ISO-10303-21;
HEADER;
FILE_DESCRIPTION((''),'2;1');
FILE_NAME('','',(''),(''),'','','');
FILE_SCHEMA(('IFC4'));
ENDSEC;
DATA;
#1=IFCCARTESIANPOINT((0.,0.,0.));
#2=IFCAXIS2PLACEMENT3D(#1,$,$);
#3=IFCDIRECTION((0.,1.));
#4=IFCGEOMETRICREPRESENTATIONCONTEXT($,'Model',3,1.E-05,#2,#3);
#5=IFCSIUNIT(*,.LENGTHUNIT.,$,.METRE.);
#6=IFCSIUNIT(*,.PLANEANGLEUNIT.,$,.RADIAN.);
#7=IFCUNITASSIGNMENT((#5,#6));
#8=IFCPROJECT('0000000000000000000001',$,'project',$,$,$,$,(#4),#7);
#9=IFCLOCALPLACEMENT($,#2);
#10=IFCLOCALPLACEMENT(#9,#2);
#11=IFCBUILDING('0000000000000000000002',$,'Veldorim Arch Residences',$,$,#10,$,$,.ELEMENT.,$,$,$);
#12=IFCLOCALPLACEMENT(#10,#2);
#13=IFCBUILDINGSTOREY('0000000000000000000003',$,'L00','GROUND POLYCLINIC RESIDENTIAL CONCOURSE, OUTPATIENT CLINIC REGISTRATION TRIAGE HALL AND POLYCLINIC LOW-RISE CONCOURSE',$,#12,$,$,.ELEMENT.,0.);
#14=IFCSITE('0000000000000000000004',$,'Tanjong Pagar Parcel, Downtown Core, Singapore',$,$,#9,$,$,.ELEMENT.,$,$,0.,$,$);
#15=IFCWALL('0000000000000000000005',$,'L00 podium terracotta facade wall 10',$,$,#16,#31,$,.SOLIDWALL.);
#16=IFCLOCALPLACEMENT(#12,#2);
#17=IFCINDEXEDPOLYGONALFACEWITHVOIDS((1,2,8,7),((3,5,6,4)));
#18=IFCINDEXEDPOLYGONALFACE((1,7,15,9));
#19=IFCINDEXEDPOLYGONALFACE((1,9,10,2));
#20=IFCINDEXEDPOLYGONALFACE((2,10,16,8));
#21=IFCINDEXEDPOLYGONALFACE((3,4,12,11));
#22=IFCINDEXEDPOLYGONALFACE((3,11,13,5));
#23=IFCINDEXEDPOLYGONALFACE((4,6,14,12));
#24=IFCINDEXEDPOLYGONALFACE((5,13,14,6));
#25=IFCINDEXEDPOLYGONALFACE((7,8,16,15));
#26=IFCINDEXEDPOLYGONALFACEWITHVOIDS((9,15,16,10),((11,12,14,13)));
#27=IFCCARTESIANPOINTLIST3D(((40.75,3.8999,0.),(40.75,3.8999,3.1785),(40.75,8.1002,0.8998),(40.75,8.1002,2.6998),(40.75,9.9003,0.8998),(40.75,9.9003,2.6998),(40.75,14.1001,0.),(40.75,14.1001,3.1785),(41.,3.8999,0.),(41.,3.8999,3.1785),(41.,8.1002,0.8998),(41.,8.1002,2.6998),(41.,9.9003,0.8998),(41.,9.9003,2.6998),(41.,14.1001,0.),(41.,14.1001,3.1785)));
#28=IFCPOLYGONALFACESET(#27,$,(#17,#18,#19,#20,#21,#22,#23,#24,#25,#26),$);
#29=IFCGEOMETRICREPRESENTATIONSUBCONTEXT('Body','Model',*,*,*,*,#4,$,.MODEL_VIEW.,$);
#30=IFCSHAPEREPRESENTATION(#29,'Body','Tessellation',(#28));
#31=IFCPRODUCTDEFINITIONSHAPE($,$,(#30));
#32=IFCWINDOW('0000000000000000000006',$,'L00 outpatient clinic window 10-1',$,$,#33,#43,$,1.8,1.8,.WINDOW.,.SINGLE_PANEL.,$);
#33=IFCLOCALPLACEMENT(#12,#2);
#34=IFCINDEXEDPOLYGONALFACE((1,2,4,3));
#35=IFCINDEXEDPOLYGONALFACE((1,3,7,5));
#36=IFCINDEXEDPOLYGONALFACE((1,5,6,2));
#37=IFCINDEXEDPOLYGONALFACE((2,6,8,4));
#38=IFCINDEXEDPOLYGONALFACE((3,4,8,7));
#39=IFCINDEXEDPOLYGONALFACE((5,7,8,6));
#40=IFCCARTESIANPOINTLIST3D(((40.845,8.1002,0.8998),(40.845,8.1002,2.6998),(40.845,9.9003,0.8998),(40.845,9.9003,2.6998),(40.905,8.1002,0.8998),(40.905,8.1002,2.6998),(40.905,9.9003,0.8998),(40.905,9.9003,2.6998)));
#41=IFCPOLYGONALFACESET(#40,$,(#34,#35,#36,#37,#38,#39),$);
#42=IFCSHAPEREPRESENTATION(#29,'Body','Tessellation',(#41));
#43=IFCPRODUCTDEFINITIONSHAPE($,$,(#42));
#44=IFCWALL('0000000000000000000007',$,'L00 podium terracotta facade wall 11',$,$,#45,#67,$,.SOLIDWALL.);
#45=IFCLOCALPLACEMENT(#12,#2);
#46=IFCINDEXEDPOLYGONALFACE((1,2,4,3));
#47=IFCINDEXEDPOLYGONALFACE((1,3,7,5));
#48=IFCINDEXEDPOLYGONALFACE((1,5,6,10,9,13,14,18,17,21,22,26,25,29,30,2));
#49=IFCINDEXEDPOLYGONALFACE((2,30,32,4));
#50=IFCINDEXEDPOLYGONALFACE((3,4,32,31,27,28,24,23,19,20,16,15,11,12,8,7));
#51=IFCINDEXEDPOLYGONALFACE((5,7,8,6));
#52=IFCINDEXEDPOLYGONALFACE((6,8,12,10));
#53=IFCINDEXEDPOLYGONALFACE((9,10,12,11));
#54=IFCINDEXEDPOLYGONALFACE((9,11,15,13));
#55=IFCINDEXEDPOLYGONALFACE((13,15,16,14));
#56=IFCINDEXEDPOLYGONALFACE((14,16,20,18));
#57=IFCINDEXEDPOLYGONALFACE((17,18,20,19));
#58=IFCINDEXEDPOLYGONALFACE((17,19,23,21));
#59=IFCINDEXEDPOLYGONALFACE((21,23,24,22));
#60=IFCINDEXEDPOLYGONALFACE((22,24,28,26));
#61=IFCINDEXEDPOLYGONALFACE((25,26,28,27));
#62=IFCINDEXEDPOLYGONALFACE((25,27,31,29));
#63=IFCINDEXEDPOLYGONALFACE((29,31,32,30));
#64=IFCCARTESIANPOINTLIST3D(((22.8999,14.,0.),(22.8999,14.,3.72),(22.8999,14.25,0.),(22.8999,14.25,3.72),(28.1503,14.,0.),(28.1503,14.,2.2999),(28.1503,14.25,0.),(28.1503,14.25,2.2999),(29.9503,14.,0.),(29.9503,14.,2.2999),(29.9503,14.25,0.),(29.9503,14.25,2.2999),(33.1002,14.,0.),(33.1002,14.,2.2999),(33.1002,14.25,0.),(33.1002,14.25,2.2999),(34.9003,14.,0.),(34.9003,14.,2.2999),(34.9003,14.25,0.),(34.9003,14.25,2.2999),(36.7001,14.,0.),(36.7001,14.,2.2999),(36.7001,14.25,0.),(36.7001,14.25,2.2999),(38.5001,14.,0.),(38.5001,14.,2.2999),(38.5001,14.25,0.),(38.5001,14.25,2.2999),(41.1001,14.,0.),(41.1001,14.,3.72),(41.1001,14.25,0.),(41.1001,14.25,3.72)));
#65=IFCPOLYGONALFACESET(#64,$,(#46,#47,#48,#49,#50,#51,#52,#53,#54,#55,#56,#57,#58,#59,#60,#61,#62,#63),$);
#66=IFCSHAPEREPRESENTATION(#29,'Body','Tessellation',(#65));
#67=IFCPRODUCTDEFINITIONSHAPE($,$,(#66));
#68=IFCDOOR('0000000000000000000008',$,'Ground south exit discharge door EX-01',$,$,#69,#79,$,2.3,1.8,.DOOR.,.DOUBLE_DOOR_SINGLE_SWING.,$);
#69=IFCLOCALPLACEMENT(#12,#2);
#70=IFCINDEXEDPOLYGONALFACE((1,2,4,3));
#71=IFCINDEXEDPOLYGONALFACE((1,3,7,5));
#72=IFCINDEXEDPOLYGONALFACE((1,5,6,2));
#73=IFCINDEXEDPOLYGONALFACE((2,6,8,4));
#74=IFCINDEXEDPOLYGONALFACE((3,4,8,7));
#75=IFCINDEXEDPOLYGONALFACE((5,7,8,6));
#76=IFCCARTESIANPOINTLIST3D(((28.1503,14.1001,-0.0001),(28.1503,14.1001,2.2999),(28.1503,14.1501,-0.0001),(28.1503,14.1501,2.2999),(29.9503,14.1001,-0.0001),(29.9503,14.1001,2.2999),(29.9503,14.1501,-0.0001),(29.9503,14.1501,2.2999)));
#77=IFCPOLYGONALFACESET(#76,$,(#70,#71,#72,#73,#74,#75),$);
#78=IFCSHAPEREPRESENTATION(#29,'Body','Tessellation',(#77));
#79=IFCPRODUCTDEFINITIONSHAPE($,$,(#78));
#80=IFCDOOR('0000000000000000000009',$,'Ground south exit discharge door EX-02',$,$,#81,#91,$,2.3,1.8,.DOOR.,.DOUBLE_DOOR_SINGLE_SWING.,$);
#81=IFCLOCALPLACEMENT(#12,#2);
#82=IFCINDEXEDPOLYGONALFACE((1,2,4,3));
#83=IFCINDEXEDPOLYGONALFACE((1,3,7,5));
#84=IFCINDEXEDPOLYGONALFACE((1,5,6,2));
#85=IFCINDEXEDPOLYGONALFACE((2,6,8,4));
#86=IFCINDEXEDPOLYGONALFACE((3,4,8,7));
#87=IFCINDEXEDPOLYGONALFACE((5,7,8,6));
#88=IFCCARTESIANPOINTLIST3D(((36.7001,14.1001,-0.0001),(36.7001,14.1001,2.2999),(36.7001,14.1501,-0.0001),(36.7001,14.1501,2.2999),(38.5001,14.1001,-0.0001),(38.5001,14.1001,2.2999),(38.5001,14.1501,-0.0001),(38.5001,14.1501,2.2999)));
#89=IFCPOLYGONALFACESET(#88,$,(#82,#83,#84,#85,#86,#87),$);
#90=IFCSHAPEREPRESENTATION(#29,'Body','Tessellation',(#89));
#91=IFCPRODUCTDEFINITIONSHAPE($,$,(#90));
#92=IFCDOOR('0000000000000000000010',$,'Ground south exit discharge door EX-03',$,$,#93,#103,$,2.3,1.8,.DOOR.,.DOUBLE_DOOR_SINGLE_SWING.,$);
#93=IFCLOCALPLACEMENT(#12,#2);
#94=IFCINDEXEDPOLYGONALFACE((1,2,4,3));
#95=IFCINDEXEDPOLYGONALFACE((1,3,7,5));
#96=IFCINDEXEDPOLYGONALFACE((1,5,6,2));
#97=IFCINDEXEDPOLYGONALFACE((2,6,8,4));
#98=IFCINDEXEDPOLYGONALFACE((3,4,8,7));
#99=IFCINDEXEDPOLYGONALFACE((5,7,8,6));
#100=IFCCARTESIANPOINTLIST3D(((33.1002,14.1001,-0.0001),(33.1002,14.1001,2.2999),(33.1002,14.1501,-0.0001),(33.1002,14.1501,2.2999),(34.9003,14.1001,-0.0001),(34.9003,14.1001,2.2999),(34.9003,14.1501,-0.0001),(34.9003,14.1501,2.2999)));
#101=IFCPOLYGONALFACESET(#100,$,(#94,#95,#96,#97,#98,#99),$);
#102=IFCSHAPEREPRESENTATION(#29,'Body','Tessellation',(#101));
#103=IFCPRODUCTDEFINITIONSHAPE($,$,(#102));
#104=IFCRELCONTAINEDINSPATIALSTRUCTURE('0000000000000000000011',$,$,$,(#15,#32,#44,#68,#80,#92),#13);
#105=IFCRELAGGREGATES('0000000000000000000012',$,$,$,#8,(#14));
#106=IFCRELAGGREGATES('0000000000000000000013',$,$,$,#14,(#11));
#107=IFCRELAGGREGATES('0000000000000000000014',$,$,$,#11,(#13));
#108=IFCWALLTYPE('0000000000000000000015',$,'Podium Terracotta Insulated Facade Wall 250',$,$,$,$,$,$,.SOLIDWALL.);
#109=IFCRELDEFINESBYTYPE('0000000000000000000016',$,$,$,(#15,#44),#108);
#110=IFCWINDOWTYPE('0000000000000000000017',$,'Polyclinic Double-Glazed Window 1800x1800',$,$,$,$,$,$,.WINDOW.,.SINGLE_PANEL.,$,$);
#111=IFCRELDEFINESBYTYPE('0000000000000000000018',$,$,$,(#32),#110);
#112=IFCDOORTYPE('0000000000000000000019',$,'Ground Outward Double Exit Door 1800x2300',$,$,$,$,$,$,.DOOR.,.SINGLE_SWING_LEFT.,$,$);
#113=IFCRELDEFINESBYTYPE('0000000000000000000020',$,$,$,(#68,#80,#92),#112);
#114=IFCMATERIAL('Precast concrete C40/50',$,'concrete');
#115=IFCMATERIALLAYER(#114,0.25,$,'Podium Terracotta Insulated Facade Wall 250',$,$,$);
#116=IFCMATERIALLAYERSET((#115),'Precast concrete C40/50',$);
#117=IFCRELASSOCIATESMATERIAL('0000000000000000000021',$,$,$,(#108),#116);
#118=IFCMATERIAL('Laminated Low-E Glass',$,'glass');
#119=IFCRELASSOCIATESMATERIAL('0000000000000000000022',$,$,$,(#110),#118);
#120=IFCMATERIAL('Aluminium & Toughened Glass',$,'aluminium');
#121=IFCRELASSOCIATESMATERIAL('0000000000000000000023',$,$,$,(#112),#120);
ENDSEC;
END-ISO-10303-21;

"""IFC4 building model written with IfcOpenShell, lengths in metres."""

from ifc_helpers import new_model, si_unit, direction, frame, frame_2d, origin, place, context, subcontext, project, spatial, rectangle, extrude, material, layer, layer_set, type_object, element, fill, save


model = new_model("IFC4")

# Units and contexts
model_context = context("Model", 3, precision=1e-05, world=origin(), true_north=direction((0.0, 1.0)))
body_context = subcontext(model_context, "Body", "Model", "MODEL_VIEW")
ifc_project = project(units=[si_unit("LENGTHUNIT", "METRE"), si_unit("PLANEANGLEUNIT", "RADIAN")], contexts=[model_context])

# Site, building, storey
site_placement = place(None, origin())
site = spatial("IfcSite", under=ifc_project, at=site_placement, Name="Tanjong Pagar Parcel, Downtown Core, Singapore", CompositionType="ELEMENT", RefElevation=0.0)
building_placement = place(site_placement, origin())
building = spatial("IfcBuilding", under=site, at=building_placement, Name="Veldorim Arch Residences", CompositionType="ELEMENT")
storey_placement = place(building_placement, origin())
storey = spatial("IfcBuildingStorey", under=building, at=storey_placement, Name="L00", Description="GROUND POLYCLINIC RESIDENTIAL CONCOURSE, OUTPATIENT CLINIC REGISTRATION TRIAGE HALL AND POLYCLINIC LOW-RISE CONCOURSE", CompositionType="ELEMENT", Elevation=0.0)

# Wall, opening, window
ifc_material_1 = material(Name="Precast concrete C40/50", Category="concrete")
ifc_layer_1 = layer(ifc_material_1, 0.25, Name="Podium Terracotta Insulated Facade Wall 250")
ifc_layer_set_1 = layer_set([ifc_layer_1], Name="Precast concrete C40/50")
wall_type_1 = type_object("IfcWallType", Name="Podium Terracotta Insulated Facade Wall 250", PredefinedType="SOLIDWALL", material=ifc_layer_set_1)
wall_1_placement = place(storey_placement, frame((40.875, 14.1001, 0.0), z_axis=(0.0, 0.0, 1.0), x_axis=(0.0, -1.0, 0.0)))
wall_1 = element("IfcWall", 1, at=wall_1_placement, inside=storey, type_object=wall_type_1, Name="L00 podium terracotta facade wall 10", PredefinedType="SOLIDWALL", context=body_context, shape_type="SweptSolid", body=[
    extrude(rectangle(XDim=10.2002, YDim=0.25, at=frame_2d((5.1001, 0.0))), origin(), (0.0, 0.0, 1.0), 3.1785),
])
opening_1_placement = place(wall_1_placement, frame((4.2, 0.0, 0.8999)))
opening_1 = element("IfcOpeningElement", 2, at=opening_1_placement, cuts=wall_1, PredefinedType="OPENING", context=body_context, shape_type="SweptSolid", body=[
    extrude(rectangle(XDim=1.8, YDim=1.8, at=frame_2d((0.8999, 0.8999))), frame((0.0, 0.135, 0.0), z_axis=(0.0, -1.0, 0.0), x_axis=(1.0, 0.0, 0.0)), (0.0, 0.0, 1.0), 0.27),
])
ifc_material_2 = material(Name="Laminated Low-E Glass", Category="glass")
window_type = type_object("IfcWindowType", Name="Polyclinic Double-Glazed Window 1800x1800", PartitioningType="SINGLE_PANEL", PredefinedType="WINDOW", material=ifc_material_2)
window_placement = place(opening_1_placement, origin())
window = element("IfcWindow", 3, at=window_placement, inside=storey, type_object=window_type, Name="L00 outpatient clinic window 10-1", OverallHeight=1.8, OverallWidth=1.8, PartitioningType="SINGLE_PANEL", PredefinedType="WINDOW", context=body_context, shape_type="SweptSolid", body=[
    extrude(rectangle(XDim=1.8, YDim=1.8, at=frame_2d((0.8999, 0.8999))), frame((0.0, 0.03, 0.0), z_axis=(0.0, -1.0, 0.0), x_axis=(1.0, 0.0, 0.0)), (0.0, 0.0, 1.0), 0.0601),
])
fill(opening_1, window)

# Wall, openings, doors
wall_2_placement = place(storey_placement, frame((41.1001, 14.125, 0.0), z_axis=(0.0, 0.0, 1.0), x_axis=(-1.0, 0.0, 0.0)))
wall_2 = element("IfcWall", 4, at=wall_2_placement, inside=storey, type_object=wall_type_1, Name="L00 podium terracotta facade wall 11", PredefinedType="SOLIDWALL", context=body_context, shape_type="SweptSolid", body=[
    extrude(rectangle(XDim=18.2002, YDim=0.25, at=frame_2d((9.1001, 0.0))), origin(), (0.0, 0.0, 1.0), 3.72),
])
opening_2_placement = place(wall_2_placement, frame((11.1499, 0.0, 0.0)))
opening_2 = element("IfcOpeningElement", 5, at=opening_2_placement, cuts=wall_2, PredefinedType="OPENING", context=body_context, shape_type="SweptSolid", body=[
    extrude(rectangle(XDim=1.8, YDim=2.3, at=frame_2d((0.8999, 1.1499))), frame((0.0, 0.135, 0.0), z_axis=(0.0, -1.0, 0.0), x_axis=(1.0, 0.0, 0.0)), (0.0, 0.0, 1.0), 0.27),
])
opening_3_placement = place(wall_2_placement, frame((2.6001, 0.0, 0.0)))
opening_3 = element("IfcOpeningElement", 6, at=opening_3_placement, cuts=wall_2, PredefinedType="OPENING", context=body_context, shape_type="SweptSolid", body=[
    extrude(rectangle(XDim=1.8, YDim=2.3, at=frame_2d((0.8999, 1.1499))), frame((0.0, 0.135, 0.0), z_axis=(0.0, -1.0, 0.0), x_axis=(1.0, 0.0, 0.0)), (0.0, 0.0, 1.0), 0.27),
])
opening_4_placement = place(wall_2_placement, frame((6.2, 0.0, 0.0)))
opening_4 = element("IfcOpeningElement", 7, at=opening_4_placement, cuts=wall_2, PredefinedType="OPENING", context=body_context, shape_type="SweptSolid", body=[
    extrude(rectangle(XDim=1.8, YDim=2.3, at=frame_2d((0.8999, 1.1499))), frame((0.0, 0.135, 0.0), z_axis=(0.0, -1.0, 0.0), x_axis=(1.0, 0.0, 0.0)), (0.0, 0.0, 1.0), 0.27),
])
ifc_material_3 = material(Name="Aluminium & Toughened Glass", Category="aluminium")
door_type_1 = type_object("IfcDoorType", Name="Ground Outward Double Exit Door 1800x2300", OperationType="SINGLE_SWING_LEFT", PredefinedType="DOOR", material=ifc_material_3)
door_1_placement = place(opening_2_placement, origin())
door_1 = element("IfcDoor", 8, at=door_1_placement, inside=storey, type_object=door_type_1, Name="Ground south exit discharge door EX-01", OperationType="DOUBLE_DOOR_SINGLE_SWING", OverallHeight=2.3, OverallWidth=1.8, PredefinedType="DOOR", context=body_context, shape_type="SweptSolid", body=[
    extrude(rectangle(XDim=1.8, YDim=2.3, at=frame_2d((0.8999, 1.1499))), frame((0.0, 0.0249, 0.0), z_axis=(0.0, -1.0, 0.0), x_axis=(1.0, 0.0, 0.0)), (0.0, 0.0, 1.0), 0.05),
])
fill(opening_2, door_1)
door_2_placement = place(opening_3_placement, origin())
door_2 = element("IfcDoor", 9, at=door_2_placement, inside=storey, type_object=door_type_1, Name="Ground south exit discharge door EX-02", OperationType="DOUBLE_DOOR_SINGLE_SWING", OverallHeight=2.3, OverallWidth=1.8, PredefinedType="DOOR", context=body_context, shape_type="SweptSolid", body=[
    extrude(rectangle(XDim=1.8, YDim=2.3, at=frame_2d((0.8999, 1.1499))), frame((0.0, 0.0249, 0.0), z_axis=(0.0, -1.0, 0.0), x_axis=(1.0, 0.0, 0.0)), (0.0, 0.0, 1.0), 0.05),
])
fill(opening_3, door_2)
door_3_placement = place(opening_4_placement, origin())
door_3 = element("IfcDoor", 10, at=door_3_placement, inside=storey, type_object=door_type_1, Name="Ground south exit discharge door EX-03", OperationType="DOUBLE_DOOR_SINGLE_SWING", OverallHeight=2.3, OverallWidth=1.8, PredefinedType="DOOR", context=body_context, shape_type="SweptSolid", body=[
    extrude(rectangle(XDim=1.8, YDim=2.3, at=frame_2d((0.8999, 1.1499))), frame((0.0, 0.0249, 0.0), z_axis=(0.0, -1.0, 0.0), x_axis=(1.0, 0.0, 0.0)), (0.0, 0.0, 1.0), 0.05),
])
fill(opening_4, door_3)

save(model, "model.ifc")
